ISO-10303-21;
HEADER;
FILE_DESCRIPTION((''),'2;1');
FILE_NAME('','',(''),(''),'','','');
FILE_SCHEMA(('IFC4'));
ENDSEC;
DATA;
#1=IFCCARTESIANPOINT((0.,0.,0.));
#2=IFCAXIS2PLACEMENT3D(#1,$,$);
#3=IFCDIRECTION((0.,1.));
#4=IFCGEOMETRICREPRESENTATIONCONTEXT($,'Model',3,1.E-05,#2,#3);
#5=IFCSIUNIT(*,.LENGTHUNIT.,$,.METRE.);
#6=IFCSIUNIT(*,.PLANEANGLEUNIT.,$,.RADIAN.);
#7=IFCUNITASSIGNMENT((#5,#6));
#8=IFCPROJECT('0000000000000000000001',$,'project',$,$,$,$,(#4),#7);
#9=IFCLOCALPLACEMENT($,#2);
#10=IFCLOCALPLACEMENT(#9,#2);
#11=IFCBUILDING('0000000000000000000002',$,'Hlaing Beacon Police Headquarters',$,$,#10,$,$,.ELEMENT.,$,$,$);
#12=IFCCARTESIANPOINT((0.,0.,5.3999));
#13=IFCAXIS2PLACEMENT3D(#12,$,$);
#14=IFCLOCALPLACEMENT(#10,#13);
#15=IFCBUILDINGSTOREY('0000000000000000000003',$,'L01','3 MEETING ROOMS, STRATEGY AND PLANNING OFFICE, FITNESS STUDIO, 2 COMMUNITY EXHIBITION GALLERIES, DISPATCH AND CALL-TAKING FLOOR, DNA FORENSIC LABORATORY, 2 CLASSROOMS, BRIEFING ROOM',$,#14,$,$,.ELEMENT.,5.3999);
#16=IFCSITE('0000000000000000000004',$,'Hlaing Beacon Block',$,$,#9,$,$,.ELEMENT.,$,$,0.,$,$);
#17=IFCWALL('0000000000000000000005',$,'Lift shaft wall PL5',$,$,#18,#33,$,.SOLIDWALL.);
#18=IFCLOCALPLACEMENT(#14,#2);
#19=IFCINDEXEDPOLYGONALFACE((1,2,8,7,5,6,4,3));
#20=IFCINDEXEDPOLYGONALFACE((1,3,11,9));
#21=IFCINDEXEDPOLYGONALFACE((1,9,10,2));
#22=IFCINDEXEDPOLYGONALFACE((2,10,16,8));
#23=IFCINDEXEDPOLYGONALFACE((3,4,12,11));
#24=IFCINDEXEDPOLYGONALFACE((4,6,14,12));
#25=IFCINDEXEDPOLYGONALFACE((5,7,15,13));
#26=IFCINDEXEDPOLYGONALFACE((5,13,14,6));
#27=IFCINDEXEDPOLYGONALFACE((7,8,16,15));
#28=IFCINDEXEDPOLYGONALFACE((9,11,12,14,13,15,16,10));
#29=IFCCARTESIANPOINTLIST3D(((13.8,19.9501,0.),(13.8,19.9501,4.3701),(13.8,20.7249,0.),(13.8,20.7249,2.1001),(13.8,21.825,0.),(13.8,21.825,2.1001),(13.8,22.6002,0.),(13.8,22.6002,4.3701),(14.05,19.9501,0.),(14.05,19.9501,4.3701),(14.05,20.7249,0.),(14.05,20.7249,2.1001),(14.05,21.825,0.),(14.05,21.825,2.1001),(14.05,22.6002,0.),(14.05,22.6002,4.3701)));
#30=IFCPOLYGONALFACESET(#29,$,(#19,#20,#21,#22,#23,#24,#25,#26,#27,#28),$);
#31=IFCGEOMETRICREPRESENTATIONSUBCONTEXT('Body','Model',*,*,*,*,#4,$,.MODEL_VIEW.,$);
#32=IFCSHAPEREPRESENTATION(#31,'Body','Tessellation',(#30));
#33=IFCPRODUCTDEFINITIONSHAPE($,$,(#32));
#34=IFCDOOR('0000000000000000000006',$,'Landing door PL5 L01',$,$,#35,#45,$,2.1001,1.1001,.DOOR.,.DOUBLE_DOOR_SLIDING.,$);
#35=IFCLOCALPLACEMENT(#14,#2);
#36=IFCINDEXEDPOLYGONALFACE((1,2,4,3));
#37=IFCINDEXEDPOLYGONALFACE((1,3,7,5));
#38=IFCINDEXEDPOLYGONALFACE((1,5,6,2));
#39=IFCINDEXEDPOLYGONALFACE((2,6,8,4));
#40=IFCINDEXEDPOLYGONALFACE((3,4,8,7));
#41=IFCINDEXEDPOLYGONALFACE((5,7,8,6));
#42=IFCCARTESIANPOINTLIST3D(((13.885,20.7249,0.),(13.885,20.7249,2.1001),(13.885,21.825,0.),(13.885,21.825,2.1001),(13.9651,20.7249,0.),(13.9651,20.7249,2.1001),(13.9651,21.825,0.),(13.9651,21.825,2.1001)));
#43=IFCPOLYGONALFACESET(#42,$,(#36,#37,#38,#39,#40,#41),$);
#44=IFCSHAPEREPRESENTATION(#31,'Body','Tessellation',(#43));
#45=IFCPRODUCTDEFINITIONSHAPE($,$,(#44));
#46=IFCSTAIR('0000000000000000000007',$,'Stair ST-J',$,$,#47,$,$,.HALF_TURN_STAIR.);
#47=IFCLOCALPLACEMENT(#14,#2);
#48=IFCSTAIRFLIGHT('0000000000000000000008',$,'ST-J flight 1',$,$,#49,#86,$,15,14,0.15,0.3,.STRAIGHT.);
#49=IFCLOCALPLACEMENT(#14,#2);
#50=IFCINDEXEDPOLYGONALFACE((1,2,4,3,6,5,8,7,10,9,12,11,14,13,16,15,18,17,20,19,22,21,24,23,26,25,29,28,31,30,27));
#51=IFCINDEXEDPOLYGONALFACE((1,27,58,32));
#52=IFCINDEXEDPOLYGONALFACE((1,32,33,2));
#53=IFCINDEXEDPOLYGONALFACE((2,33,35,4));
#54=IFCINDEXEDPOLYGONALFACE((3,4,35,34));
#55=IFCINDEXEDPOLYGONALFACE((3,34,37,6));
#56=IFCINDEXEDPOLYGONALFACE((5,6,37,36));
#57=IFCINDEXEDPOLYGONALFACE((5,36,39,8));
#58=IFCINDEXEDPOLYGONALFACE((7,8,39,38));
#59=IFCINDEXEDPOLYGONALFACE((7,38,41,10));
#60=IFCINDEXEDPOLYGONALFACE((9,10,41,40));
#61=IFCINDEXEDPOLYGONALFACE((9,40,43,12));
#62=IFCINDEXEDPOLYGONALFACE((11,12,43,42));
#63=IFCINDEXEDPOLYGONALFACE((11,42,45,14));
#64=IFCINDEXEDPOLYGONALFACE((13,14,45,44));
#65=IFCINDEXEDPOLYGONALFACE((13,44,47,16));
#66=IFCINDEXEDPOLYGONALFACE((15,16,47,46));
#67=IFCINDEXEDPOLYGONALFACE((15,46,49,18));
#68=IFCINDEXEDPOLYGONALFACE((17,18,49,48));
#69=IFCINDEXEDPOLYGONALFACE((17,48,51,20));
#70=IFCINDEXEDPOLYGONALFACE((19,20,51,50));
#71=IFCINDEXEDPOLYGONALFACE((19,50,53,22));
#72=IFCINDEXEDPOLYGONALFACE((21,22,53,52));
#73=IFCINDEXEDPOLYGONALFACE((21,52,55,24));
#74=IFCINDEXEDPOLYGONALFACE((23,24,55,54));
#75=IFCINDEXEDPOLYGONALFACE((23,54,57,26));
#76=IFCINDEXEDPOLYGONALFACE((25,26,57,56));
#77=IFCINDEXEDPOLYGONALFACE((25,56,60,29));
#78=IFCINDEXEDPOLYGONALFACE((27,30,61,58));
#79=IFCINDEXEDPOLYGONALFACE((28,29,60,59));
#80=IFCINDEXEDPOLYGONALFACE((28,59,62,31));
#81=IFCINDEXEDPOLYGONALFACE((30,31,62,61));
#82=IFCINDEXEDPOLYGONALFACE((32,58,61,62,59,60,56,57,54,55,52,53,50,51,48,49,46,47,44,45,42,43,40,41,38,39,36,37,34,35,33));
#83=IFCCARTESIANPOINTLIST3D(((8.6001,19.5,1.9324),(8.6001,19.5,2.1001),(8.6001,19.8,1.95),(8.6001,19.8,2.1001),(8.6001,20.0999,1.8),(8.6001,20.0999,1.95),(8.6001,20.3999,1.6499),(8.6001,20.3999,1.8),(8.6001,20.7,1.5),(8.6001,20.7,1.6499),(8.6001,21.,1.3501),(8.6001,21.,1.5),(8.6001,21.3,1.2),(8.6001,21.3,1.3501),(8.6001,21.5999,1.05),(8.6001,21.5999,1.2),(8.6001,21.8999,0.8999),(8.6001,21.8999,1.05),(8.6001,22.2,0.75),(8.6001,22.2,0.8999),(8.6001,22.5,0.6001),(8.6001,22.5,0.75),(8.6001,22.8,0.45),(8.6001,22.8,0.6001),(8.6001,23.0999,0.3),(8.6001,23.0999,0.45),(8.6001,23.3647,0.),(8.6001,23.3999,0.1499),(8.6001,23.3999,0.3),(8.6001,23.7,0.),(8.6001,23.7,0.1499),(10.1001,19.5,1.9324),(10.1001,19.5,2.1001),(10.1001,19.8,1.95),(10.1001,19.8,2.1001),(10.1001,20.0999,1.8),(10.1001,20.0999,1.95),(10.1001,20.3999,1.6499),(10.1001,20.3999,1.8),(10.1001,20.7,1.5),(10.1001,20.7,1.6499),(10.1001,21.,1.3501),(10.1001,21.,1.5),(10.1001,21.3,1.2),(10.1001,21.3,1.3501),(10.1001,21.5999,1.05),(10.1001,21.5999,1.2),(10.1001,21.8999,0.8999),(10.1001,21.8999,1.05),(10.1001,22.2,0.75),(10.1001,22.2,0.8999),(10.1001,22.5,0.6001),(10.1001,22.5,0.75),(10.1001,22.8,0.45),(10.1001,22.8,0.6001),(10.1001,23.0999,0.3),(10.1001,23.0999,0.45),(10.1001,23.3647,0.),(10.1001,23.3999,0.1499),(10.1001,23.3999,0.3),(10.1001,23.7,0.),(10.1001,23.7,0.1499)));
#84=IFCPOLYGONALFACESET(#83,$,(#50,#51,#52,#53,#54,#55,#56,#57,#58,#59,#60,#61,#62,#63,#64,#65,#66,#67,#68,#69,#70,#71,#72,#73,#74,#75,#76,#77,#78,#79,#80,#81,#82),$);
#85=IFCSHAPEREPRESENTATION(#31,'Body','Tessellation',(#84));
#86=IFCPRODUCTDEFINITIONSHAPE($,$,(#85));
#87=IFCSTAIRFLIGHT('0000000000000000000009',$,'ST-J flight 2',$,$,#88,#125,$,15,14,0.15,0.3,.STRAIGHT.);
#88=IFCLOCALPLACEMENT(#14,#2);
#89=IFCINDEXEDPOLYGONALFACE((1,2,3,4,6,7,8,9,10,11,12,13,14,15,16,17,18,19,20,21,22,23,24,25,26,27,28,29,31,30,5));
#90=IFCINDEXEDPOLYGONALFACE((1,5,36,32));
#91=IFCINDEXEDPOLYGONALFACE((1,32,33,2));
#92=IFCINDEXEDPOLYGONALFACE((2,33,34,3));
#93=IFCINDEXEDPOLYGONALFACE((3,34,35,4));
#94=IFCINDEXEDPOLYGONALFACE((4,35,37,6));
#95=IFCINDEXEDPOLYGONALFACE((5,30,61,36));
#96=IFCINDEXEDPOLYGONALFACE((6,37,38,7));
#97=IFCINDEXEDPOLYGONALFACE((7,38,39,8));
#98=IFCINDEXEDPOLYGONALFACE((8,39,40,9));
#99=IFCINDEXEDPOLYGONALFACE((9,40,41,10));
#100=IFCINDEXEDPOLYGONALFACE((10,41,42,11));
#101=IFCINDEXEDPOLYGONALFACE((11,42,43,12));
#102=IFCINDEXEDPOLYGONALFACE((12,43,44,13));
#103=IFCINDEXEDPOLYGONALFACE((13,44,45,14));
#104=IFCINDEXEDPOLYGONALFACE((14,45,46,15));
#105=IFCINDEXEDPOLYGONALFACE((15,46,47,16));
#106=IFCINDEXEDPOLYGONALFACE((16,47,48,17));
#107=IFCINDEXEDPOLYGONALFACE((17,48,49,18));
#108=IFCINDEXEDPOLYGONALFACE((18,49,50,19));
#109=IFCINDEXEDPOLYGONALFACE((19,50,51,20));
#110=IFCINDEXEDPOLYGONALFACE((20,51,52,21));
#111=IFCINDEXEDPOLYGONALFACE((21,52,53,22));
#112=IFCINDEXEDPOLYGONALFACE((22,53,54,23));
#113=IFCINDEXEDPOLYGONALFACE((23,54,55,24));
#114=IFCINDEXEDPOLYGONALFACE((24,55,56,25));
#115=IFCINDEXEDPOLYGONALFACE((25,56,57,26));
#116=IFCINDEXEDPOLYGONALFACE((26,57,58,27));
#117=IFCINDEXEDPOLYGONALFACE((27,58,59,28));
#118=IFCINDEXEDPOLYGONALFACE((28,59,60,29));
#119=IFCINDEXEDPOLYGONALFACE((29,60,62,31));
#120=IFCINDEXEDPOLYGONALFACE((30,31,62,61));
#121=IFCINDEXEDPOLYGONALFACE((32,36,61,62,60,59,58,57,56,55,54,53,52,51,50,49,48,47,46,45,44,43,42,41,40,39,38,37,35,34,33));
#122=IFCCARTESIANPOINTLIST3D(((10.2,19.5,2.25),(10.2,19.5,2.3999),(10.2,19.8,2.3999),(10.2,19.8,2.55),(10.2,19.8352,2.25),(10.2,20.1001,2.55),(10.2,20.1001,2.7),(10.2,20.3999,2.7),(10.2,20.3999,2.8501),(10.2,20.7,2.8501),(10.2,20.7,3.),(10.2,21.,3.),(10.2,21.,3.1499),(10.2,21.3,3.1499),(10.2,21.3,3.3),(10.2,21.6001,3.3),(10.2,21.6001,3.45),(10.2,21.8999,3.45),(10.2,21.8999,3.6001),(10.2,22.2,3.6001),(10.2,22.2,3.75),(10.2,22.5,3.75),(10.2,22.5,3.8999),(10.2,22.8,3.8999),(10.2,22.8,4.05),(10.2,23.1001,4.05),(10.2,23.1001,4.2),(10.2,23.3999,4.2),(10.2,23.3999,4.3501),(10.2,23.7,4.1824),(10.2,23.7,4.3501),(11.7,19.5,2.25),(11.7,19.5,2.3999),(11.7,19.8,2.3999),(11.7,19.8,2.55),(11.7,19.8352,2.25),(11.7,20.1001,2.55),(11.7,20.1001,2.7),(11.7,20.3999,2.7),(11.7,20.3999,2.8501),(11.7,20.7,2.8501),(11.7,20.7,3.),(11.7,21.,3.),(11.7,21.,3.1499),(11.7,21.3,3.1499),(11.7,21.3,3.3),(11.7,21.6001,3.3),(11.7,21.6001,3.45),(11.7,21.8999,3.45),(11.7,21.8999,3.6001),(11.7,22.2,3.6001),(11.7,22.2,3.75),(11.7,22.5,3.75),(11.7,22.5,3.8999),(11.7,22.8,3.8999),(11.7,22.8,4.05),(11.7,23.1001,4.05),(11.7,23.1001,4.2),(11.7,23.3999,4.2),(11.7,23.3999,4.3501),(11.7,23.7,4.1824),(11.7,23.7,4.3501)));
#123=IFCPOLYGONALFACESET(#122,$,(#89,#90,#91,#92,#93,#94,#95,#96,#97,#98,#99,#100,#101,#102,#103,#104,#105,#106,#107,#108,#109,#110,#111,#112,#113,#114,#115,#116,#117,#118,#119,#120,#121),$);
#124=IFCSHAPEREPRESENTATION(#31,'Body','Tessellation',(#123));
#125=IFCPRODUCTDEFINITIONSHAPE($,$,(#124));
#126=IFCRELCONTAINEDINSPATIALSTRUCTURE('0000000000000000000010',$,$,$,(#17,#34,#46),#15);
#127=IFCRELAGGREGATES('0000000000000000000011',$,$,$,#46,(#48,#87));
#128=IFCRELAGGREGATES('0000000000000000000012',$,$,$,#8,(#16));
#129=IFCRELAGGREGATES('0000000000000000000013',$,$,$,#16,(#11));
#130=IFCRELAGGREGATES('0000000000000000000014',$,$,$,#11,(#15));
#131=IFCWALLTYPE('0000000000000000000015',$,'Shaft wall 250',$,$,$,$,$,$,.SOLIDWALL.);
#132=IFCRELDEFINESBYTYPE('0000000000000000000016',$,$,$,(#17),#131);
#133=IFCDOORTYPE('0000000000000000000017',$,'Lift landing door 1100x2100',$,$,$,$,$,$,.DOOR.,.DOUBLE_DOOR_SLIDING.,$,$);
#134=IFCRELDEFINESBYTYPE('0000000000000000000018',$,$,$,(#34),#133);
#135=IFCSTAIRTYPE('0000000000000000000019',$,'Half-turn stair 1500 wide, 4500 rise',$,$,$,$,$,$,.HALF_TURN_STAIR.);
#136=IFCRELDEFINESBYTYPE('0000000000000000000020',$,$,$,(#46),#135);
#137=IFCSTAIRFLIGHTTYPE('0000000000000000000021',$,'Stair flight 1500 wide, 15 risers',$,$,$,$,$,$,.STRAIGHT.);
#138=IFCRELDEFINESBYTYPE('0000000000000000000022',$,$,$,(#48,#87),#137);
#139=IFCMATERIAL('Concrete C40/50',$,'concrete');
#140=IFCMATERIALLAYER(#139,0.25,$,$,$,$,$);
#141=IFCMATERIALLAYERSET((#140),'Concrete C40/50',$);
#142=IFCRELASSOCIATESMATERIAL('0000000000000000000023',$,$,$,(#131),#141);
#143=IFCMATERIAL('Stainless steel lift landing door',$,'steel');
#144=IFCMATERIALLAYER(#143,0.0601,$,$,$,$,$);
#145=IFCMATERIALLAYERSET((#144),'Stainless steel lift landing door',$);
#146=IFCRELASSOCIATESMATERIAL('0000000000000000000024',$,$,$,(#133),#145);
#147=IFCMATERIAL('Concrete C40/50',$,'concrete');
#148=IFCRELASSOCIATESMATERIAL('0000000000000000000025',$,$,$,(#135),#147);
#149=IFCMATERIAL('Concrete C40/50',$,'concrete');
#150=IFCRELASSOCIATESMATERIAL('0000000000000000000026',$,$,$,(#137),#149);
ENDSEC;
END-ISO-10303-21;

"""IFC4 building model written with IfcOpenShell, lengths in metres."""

from ifc_helpers import new_model, si_unit, direction, frame, frame_2d, origin, place, context, subcontext, project, spatial, polyline, rectangle, outline, extrude, material, layer, layer_set, type_object, element, fill, aggregate, save


model = new_model("IFC4")

# Units and contexts
model_context = context("Model", 3, precision=1e-05, world=origin(), true_north=direction((0.0, 1.0)))
body_context = subcontext(model_context, "Body", "Model", "MODEL_VIEW")
ifc_project = project(units=[si_unit("LENGTHUNIT", "METRE"), si_unit("PLANEANGLEUNIT", "RADIAN")], contexts=[model_context])

# Site, building, storey
site_placement = place(None, origin())
site = spatial("IfcSite", under=ifc_project, at=site_placement, Name="Hlaing Beacon Block", CompositionType="ELEMENT", RefElevation=0.0)
building_placement = place(site_placement, origin())
building = spatial("IfcBuilding", under=site, at=building_placement, Name="Hlaing Beacon Police Headquarters", CompositionType="ELEMENT")
storey_placement = place(building_placement, frame((0.0, 0.0, 5.3999)))
storey = spatial("IfcBuildingStorey", under=building, at=storey_placement, Name="L01", Description="3 MEETING ROOMS, STRATEGY AND PLANNING OFFICE, FITNESS STUDIO, 2 COMMUNITY EXHIBITION GALLERIES, DISPATCH AND CALL-TAKING FLOOR, DNA FORENSIC LABORATORY, 2 CLASSROOMS, BRIEFING ROOM", CompositionType="ELEMENT", Elevation=5.3999)

# Shared definitions
ifc_material_1 = material(Name="Concrete C40/50", Category="concrete")
ifc_layer_1 = layer(ifc_material_1, 0.25)
ifc_layer_set_1 = layer_set([ifc_layer_1], Name="Concrete C40/50")
wall_type_1 = type_object("IfcWallType", Name="Shaft wall 250", PredefinedType="SOLIDWALL", material=ifc_layer_set_1)

# Wall, opening, door
wall_1_placement = place(storey_placement, frame((13.925, 19.95, 0.0), z_axis=(0.0, 0.0, 1.0), x_axis=(0.0, 1.0, 0.0)))
wall_1 = element("IfcWall", 1, at=wall_1_placement, inside=storey, type_object=wall_type_1, Name="Lift shaft wall PL5", PredefinedType="SOLIDWALL", context=body_context, shape_type="SweptSolid", body=[
    extrude(rectangle(XDim=2.6501, YDim=0.25, at=frame_2d((1.3252, 0.0))), origin(), (0.0, 0.0, 1.0), 4.3701),
])
opening_1_placement = place(wall_1_placement, frame((0.7749, 0.0, 0.0)))
opening_1 = element("IfcOpeningElement", 2, at=opening_1_placement, cuts=wall_1, PredefinedType="OPENING", context=body_context, shape_type="SweptSolid", body=[
    extrude(rectangle(XDim=1.1001, YDim=2.1001, at=frame_2d((0.55, 1.05))), frame((0.0, 0.135, 0.0), z_axis=(0.0, -1.0, 0.0), x_axis=(1.0, 0.0, 0.0)), (0.0, 0.0, 1.0), 0.27),
])
ifc_material_2 = material(Name="Stainless steel lift landing door", Category="steel")
ifc_layer_2 = layer(ifc_material_2, 0.0601)
ifc_layer_set_2 = layer_set([ifc_layer_2], Name="Stainless steel lift landing door")
door_type_1 = type_object("IfcDoorType", Name="Lift landing door 1100x2100", OperationType="DOUBLE_DOOR_SLIDING", PredefinedType="DOOR", material=ifc_layer_set_2)
door_1_placement = place(opening_1_placement, origin())
door_1 = element("IfcDoor", 3, at=door_1_placement, inside=storey, type_object=door_type_1, Name="Landing door PL5 L01", OperationType="DOUBLE_DOOR_SLIDING", OverallHeight=2.1001, OverallWidth=1.1001, PredefinedType="DOOR", context=body_context, shape_type="SweptSolid", body=[
    extrude(rectangle(XDim=1.1001, YDim=2.1001, at=frame_2d((0.55, 1.05))), frame((0.0, 0.04, 0.0), z_axis=(0.0, -1.0, 0.0), x_axis=(1.0, 0.0, 0.0)), (0.0, 0.0, 1.0), 0.0801),
])
fill(opening_1, door_1)

# Stair, stair flights
ifc_material_3 = material(Name="Concrete C40/50", Category="concrete")
stair_type = type_object("IfcStairType", Name="Half-turn stair 1500 wide, 4500 rise", PredefinedType="HALF_TURN_STAIR", material=ifc_material_3)
stair_placement = place(storey_placement, origin())
stair = element("IfcStair", 4, at=stair_placement, inside=storey, type_object=stair_type, Name="Stair ST-J", PredefinedType="HALF_TURN_STAIR")
ifc_material_4 = material(Name="Concrete C40/50", Category="concrete")
stair_flight_type = type_object("IfcStairFlightType", Name="Stair flight 1500 wide, 15 risers", PredefinedType="STRAIGHT", material=ifc_material_4)
stair_flight_1_placement = place(storey_placement, frame((9.3501, 23.7, 0.0), z_axis=(0.0, 0.0, 1.0), x_axis=(0.0, -1.0, 0.0)))
stair_flight_1 = element("IfcStairFlight", 5, at=stair_flight_1_placement, type_object=stair_flight_type, Name="ST-J flight 1", NumberOfRisers=15, NumberOfTreads=14, PredefinedType="STRAIGHT", RiserHeight=0.15, TreadLength=0.3, context=body_context, shape_type="SweptSolid", body=[
    extrude(outline(polyline([(0.0, 0.0), (0.0, 0.1499), (0.3, 0.1499), (0.3, 0.3), (0.6001, 0.3), (0.6001, 0.45), (0.8999, 0.45), (0.8999, 0.6001), (1.2, 0.6001), (1.2, 0.75), (1.5, 0.75), (1.5, 0.8999), (1.8, 0.8999), (1.8, 1.05), (2.1001, 1.05), (2.1001, 1.2), (2.3999, 1.2), (2.3999, 1.3501), (2.7, 1.3501), (2.7, 1.5), (3.0, 1.5), (3.0, 1.6499), (3.3, 1.6499), (3.3, 1.8), (3.6001, 1.8), (3.6001, 1.95), (3.8999, 1.95), (3.8999, 2.1001), (4.2, 2.1001), (4.2, 2.25), (4.2, 1.9324), (0.3352, 0.0), (0.0, 0.0)])), frame((0.0, 0.75, 0.0), z_axis=(0.0, -1.0, 0.0), x_axis=(1.0, 0.0, 0.0)), (0.0, 0.0, 1.0), 1.5),
])
stair_flight_2_placement = place(storey_placement, frame((10.95, 19.5, 2.25), z_axis=(0.0, 0.0, 1.0), x_axis=(0.0, 1.0, 0.0)))
stair_flight_2 = element("IfcStairFlight", 6, at=stair_flight_2_placement, type_object=stair_flight_type, Name="ST-J flight 2", NumberOfRisers=15, NumberOfTreads=14, PredefinedType="STRAIGHT", RiserHeight=0.15, TreadLength=0.3, context=body_context, shape_type="SweptSolid", body=[
    extrude(outline(polyline([(0.0, 0.0), (0.0, 0.1499), (0.3, 0.1499), (0.3, 0.3), (0.6001, 0.3), (0.6001, 0.45), (0.8999, 0.45), (0.8999, 0.6001), (1.2, 0.6001), (1.2, 0.75), (1.5, 0.75), (1.5, 0.8999), (1.8, 0.8999), (1.8, 1.05), (2.1001, 1.05), (2.1001, 1.2), (2.3999, 1.2), (2.3999, 1.3501), (2.7, 1.3501), (2.7, 1.5), (3.0, 1.5), (3.0, 1.6499), (3.3, 1.6499), (3.3, 1.8), (3.6001, 1.8), (3.6001, 1.95), (3.8999, 1.95), (3.8999, 2.1001), (4.2, 2.1001), (4.2, 2.25), (4.2, 1.9324), (0.3352, 0.0), (0.0, 0.0)])), frame((0.0, 0.75, 0.0), z_axis=(0.0, -1.0, 0.0), x_axis=(1.0, 0.0, 0.0)), (0.0, 0.0, 1.0), 1.5),
])
aggregate(stair, [stair_flight_1, stair_flight_2])

save(model, "model.ifc")
